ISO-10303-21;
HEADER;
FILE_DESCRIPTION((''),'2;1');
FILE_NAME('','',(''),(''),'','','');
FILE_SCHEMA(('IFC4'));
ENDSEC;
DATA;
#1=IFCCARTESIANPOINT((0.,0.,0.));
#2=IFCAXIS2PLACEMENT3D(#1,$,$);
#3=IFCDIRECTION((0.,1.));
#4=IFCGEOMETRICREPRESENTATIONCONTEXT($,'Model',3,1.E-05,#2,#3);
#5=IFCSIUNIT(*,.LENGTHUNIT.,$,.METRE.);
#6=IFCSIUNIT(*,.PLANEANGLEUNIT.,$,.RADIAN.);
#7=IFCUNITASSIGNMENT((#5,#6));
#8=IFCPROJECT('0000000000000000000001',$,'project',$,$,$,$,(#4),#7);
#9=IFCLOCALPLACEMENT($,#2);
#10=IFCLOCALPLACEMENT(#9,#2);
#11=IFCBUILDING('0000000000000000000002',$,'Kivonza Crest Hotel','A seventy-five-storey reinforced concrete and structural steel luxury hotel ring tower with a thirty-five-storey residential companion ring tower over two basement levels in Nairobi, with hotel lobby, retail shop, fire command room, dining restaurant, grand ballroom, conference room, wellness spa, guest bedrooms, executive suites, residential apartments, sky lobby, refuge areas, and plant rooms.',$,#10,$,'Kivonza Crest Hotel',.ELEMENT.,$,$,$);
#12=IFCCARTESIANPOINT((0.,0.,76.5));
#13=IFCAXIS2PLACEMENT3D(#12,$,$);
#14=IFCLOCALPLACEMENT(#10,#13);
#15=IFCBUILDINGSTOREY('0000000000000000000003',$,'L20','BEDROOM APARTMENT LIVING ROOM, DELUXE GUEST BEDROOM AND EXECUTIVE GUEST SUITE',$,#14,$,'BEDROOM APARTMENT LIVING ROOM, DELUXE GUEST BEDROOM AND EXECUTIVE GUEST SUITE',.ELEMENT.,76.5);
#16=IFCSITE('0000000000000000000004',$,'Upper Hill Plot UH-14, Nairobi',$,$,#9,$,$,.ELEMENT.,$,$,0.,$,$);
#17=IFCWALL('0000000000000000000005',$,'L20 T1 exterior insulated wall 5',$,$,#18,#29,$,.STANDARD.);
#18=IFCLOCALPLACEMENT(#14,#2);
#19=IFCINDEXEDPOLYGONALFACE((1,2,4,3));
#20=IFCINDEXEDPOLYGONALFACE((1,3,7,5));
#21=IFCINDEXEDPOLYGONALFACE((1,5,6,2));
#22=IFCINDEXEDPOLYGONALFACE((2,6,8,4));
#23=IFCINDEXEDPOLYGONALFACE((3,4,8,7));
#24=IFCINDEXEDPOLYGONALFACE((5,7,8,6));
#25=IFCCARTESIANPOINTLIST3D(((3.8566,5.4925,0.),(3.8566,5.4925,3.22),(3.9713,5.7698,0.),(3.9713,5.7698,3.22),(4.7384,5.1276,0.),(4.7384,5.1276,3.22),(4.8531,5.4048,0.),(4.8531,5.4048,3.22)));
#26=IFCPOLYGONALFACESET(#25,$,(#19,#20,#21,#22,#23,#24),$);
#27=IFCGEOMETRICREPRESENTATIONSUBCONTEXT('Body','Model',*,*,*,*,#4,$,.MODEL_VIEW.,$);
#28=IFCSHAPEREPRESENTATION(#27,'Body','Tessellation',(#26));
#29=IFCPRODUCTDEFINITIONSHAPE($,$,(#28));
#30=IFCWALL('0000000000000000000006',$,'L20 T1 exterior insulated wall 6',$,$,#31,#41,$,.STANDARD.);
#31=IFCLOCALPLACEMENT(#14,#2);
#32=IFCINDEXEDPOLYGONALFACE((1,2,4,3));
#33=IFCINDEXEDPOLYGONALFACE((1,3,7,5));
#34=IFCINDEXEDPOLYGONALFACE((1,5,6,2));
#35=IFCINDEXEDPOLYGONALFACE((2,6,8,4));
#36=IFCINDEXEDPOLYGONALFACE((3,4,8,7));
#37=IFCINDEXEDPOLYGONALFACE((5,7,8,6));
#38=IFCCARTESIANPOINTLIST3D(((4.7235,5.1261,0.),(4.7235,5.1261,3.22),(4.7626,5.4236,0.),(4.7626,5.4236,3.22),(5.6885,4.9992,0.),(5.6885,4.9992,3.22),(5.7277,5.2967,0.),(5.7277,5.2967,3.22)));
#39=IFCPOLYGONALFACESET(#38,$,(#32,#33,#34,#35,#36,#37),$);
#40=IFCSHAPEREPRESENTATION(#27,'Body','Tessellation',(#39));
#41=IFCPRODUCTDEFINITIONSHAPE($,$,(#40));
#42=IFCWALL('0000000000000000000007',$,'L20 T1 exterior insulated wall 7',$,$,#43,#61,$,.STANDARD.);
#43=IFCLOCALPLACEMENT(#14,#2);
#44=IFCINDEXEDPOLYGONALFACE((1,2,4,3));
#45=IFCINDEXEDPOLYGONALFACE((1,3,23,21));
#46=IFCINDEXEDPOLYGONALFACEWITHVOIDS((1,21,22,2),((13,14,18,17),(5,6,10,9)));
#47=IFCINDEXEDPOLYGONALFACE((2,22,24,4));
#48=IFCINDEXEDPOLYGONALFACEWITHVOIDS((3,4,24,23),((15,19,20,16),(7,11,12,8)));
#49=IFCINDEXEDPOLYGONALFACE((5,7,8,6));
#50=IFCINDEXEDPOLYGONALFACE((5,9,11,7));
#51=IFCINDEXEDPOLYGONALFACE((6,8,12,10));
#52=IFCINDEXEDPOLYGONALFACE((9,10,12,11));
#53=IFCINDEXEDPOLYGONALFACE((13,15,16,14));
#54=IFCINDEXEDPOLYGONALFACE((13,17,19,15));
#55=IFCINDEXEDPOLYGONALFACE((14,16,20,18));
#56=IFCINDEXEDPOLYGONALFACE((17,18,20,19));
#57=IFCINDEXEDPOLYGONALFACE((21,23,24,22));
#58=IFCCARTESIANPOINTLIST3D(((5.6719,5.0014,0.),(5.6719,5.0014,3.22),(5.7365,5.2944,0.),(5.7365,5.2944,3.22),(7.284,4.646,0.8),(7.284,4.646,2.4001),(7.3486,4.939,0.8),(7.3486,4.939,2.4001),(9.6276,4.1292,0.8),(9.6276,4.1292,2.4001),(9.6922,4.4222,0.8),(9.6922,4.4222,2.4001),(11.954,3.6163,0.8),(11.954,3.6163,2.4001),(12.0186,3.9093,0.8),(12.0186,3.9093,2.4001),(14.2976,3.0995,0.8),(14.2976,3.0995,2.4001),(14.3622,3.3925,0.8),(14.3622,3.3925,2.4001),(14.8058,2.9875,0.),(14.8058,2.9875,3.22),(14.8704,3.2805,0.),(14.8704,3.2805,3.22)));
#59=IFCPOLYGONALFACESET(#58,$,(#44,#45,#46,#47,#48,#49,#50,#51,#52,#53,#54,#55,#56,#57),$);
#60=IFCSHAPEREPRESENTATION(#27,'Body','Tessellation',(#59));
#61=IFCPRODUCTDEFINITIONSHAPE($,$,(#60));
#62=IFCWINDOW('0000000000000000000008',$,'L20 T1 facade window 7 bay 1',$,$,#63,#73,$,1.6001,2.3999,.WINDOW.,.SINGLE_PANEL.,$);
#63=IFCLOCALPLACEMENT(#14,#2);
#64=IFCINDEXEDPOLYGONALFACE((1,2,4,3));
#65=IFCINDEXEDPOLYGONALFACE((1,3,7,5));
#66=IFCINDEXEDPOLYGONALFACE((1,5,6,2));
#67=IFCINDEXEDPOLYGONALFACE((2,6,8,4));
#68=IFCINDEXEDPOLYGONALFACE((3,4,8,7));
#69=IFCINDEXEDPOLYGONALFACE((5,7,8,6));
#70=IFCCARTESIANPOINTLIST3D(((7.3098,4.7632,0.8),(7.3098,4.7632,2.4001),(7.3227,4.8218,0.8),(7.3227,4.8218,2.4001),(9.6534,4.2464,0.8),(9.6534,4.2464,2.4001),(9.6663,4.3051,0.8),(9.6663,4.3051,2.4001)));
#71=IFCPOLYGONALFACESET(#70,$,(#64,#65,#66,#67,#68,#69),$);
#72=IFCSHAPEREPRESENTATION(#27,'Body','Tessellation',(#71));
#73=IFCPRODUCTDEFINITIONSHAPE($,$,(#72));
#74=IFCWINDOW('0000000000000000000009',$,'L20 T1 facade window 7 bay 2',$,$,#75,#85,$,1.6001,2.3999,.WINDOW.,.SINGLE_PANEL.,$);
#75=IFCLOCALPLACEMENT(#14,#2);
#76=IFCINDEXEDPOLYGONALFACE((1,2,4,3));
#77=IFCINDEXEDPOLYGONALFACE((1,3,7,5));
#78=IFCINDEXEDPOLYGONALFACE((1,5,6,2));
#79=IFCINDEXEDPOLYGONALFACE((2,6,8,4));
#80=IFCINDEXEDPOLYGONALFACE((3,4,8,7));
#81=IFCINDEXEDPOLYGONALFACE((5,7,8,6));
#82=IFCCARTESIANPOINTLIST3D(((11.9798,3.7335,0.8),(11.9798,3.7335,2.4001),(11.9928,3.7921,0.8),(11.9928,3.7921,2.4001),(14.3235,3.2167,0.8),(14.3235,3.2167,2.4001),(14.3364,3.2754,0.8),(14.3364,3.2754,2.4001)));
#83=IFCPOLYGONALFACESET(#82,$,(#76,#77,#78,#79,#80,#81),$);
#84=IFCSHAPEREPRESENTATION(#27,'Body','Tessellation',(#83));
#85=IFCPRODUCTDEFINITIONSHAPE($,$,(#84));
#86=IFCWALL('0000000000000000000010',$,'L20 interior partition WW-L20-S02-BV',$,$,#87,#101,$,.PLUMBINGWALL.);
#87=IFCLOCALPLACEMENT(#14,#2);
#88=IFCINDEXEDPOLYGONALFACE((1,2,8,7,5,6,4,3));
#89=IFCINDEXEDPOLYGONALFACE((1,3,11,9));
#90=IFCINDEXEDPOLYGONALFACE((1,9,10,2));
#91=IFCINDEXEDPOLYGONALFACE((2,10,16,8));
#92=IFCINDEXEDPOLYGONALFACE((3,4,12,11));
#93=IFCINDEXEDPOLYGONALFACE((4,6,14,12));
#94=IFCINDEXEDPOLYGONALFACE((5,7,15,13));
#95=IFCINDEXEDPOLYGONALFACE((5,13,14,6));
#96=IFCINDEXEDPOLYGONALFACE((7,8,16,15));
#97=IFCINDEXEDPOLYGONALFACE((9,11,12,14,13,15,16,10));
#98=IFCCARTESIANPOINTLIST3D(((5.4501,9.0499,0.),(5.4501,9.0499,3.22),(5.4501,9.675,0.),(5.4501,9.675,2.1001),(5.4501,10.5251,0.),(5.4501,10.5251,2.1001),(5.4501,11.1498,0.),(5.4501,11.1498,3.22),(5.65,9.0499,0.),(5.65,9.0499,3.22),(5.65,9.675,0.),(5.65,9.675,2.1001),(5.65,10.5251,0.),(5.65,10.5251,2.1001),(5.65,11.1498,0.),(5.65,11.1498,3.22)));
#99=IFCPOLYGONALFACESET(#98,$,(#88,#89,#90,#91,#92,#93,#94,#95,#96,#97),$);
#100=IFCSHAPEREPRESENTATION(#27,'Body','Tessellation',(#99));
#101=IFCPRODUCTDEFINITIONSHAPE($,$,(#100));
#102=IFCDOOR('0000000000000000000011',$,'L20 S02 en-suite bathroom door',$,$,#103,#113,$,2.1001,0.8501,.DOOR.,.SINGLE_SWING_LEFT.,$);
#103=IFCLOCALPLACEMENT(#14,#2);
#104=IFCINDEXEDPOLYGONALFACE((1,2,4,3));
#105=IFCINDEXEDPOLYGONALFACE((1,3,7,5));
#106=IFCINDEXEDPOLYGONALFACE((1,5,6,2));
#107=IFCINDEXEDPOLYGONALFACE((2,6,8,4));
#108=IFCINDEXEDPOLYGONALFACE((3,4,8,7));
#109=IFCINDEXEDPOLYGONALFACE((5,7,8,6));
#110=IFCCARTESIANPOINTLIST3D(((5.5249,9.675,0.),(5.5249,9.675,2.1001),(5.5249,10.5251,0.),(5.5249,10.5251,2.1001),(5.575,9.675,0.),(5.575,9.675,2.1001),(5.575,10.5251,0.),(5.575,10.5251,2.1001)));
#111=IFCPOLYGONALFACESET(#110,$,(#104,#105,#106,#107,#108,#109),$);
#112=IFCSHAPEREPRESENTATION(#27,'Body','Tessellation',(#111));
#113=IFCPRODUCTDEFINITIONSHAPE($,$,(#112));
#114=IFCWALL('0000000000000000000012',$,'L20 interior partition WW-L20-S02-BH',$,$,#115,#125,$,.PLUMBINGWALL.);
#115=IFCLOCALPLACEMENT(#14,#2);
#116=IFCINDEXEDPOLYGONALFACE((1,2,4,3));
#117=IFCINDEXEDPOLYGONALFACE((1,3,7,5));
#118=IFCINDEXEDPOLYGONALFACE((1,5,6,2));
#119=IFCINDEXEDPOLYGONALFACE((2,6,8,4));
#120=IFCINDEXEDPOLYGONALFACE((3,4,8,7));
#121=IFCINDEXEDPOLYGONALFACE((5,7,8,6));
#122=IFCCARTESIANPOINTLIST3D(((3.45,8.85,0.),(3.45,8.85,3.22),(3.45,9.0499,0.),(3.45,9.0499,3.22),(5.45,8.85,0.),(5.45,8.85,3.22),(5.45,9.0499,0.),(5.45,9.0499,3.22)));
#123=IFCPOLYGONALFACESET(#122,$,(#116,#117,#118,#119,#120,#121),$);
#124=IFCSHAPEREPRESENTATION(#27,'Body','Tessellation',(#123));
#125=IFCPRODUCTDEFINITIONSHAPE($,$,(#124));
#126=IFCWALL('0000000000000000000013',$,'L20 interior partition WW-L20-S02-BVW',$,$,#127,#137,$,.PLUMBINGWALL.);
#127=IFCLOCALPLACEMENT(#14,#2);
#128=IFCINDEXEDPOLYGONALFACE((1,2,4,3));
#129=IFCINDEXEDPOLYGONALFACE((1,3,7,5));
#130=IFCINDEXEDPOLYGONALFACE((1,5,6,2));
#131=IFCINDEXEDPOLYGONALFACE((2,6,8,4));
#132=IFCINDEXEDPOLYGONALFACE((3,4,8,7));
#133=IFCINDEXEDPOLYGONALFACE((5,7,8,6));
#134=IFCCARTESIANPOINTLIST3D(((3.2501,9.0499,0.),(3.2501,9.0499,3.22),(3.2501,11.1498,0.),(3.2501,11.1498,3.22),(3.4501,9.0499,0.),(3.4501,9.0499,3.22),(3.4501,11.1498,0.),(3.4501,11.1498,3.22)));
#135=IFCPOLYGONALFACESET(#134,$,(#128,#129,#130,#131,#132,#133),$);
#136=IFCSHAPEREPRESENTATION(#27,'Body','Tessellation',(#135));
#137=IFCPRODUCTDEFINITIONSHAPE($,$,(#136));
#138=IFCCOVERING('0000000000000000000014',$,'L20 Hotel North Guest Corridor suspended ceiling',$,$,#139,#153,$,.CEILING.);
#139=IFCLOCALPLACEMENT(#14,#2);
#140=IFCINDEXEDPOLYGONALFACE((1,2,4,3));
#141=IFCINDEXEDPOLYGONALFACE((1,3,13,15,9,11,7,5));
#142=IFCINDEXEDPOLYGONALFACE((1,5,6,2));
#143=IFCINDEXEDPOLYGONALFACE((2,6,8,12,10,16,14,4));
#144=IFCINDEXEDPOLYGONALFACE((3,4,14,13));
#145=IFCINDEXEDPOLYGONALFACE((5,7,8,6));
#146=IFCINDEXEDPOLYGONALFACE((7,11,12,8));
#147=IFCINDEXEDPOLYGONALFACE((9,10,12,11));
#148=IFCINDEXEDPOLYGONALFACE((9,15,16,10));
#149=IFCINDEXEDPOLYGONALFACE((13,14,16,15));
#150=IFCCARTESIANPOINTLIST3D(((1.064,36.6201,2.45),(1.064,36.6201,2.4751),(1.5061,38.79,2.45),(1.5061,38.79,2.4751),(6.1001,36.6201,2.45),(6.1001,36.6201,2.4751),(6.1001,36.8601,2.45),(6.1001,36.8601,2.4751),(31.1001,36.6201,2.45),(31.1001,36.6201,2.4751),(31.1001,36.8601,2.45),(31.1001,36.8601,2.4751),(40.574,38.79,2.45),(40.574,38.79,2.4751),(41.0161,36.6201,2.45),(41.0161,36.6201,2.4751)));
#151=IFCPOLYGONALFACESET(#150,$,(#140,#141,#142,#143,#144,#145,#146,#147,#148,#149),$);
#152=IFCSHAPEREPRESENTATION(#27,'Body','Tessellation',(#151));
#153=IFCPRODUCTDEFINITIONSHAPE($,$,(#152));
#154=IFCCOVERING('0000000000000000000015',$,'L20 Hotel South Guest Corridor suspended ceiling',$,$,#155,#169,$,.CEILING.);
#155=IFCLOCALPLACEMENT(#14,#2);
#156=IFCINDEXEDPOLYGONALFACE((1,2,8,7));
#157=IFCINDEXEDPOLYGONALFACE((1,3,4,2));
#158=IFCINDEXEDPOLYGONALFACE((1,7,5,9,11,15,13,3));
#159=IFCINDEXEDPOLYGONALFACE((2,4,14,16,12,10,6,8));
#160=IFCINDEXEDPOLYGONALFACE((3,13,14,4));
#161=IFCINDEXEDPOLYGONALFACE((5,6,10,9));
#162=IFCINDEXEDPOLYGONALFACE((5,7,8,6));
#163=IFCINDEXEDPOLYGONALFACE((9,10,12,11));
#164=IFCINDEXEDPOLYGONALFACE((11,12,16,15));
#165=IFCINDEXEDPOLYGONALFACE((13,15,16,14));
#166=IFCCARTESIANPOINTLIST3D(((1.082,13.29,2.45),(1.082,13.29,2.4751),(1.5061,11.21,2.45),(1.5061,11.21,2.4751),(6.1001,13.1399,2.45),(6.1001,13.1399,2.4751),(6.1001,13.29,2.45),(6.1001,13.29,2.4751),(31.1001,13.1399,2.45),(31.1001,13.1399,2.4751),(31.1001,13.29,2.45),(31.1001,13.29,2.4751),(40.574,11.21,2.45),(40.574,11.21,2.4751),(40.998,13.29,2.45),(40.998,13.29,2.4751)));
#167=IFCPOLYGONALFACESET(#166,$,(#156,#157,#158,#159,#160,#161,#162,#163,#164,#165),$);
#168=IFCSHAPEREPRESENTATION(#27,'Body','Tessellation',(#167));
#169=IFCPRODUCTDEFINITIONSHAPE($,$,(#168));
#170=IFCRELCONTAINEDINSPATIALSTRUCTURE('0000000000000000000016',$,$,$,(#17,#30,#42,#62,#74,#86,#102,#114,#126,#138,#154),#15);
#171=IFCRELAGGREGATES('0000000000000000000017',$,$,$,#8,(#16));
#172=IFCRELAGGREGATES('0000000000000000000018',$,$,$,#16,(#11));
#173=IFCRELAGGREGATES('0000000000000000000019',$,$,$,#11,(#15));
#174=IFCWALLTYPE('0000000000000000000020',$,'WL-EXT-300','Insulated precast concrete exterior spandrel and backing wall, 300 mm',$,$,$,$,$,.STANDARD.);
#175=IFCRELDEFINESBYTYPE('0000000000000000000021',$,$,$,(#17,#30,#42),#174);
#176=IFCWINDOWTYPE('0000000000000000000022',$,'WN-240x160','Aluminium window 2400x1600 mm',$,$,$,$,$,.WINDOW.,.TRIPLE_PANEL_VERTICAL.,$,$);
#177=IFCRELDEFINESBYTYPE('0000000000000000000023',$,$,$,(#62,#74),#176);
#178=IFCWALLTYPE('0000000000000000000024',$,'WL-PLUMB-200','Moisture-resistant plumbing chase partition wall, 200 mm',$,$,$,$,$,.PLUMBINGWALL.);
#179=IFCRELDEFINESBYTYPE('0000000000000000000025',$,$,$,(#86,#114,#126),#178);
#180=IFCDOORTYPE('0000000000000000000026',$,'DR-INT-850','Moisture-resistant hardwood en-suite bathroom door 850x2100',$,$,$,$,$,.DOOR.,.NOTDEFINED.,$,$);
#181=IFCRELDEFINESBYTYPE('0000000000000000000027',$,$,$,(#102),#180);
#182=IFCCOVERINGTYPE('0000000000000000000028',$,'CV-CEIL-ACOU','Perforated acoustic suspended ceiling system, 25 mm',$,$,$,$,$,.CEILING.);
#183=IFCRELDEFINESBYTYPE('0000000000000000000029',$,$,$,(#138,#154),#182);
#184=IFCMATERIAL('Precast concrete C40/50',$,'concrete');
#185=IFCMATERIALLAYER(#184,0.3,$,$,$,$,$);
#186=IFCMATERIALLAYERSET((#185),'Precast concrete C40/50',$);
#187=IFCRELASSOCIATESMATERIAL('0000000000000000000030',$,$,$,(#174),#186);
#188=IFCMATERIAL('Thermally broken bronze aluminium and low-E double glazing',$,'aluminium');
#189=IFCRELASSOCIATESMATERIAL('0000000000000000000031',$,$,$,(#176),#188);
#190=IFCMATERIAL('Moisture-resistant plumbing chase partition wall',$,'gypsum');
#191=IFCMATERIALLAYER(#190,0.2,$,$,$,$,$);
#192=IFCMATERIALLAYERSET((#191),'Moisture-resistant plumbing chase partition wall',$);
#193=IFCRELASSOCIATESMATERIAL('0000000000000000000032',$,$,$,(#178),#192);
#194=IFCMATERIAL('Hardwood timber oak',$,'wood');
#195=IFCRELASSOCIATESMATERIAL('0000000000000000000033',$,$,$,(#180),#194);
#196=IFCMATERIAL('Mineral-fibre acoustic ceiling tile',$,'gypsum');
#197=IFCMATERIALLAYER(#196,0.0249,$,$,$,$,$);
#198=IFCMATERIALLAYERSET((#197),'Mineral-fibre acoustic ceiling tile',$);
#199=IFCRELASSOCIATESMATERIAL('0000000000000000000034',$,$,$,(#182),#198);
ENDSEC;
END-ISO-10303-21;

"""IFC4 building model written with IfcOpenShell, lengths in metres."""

from ifc_helpers import new_model, si_unit, direction, frame, frame_2d, origin, place, context, subcontext, project, spatial, polyline, rectangle, outline, extrude, material, layer, layer_set, type_object, element, fill, save


model = new_model("IFC4")

# Units and contexts
model_context = context("Model", 3, precision=1e-05, world=origin(), true_north=direction((0.0, 1.0)))
body_context = subcontext(model_context, "Body", "Model", "MODEL_VIEW")
ifc_project = project(units=[si_unit("LENGTHUNIT", "METRE"), si_unit("PLANEANGLEUNIT", "RADIAN")], contexts=[model_context])

# Site, building, storey
site_placement = place(None, origin())
site = spatial("IfcSite", under=ifc_project, at=site_placement, Name="Upper Hill Plot UH-14, Nairobi", CompositionType="ELEMENT", RefElevation=0.0)
building_placement = place(site_placement, origin())
building = spatial("IfcBuilding", under=site, at=building_placement, Name="Kivonza Crest Hotel", Description="A seventy-five-storey reinforced concrete and structural steel luxury hotel ring tower with a thirty-five-storey residential companion ring tower over two basement levels in Nairobi, with hotel lobby, retail shop, fire command room, dining restaurant, grand ballroom, conference room, wellness spa, guest bedrooms, executive suites, residential apartments, sky lobby, refuge areas, and plant rooms.", LongName="Kivonza Crest Hotel", CompositionType="ELEMENT")
storey_placement = place(building_placement, frame((0.0, 0.0, 76.5)))
storey = spatial("IfcBuildingStorey", under=building, at=storey_placement, Name="L20", Description="BEDROOM APARTMENT LIVING ROOM, DELUXE GUEST BEDROOM AND EXECUTIVE GUEST SUITE", LongName="BEDROOM APARTMENT LIVING ROOM, DELUXE GUEST BEDROOM AND EXECUTIVE GUEST SUITE", CompositionType="ELEMENT", Elevation=76.5)

# Walls
ifc_material_1 = material(Name="Precast concrete C40/50", Category="concrete")
ifc_layer_1 = layer(ifc_material_1, 0.3)
ifc_layer_set_1 = layer_set([ifc_layer_1], Name="Precast concrete C40/50")
wall_type_1 = type_object("IfcWallType", Name="WL-EXT-300", Description="Insulated precast concrete exterior spandrel and backing wall, 300 mm", PredefinedType="STANDARD", material=ifc_layer_set_1)
wall_1_placement = place(storey_placement, frame((3.9141, 5.6311, 0.0), z_axis=(0.0, 0.0, 1.0), x_axis=(0.923983, -0.382435, 0.0)))
element("IfcWall", 1, at=wall_1_placement, inside=storey, type_object=wall_type_1, Name="L20 T1 exterior insulated wall 5", PredefinedType="STANDARD", context=body_context, shape_type="SweptSolid", body=[
    extrude(rectangle(XDim=0.9543, YDim=0.3, at=frame_2d((0.4771, 0.0))), origin(), (0.0, 0.0, 1.0), 3.22),
])
wall_2_placement = place(storey_placement, frame((4.7429, 5.2749, 0.0), z_axis=(0.0, 0.0, 1.0), x_axis=(0.991459, -0.130422, 0.0)))
element("IfcWall", 2, at=wall_2_placement, inside=storey, type_object=wall_type_1, Name="L20 T1 exterior insulated wall 6", PredefinedType="STANDARD", context=body_context, shape_type="SweptSolid", body=[
    extrude(rectangle(XDim=0.9734, YDim=0.3, at=frame_2d((0.4868, 0.0))), origin(), (0.0, 0.0, 1.0), 3.22),
])

# Wall, openings, windows
wall_3_placement = place(storey_placement, frame((5.7041, 5.1479, 0.0), z_axis=(0.0, 0.0, 1.0), x_axis=(0.976544, -0.215319, 0.0)))
wall_3 = element("IfcWall", 3, at=wall_3_placement, inside=storey, type_object=wall_type_1, Name="L20 T1 exterior insulated wall 7", PredefinedType="STANDARD", context=body_context, shape_type="SweptSolid", body=[
    extrude(rectangle(XDim=9.3533, YDim=0.3, at=frame_2d((4.6768, 0.0))), origin(), (0.0, 0.0, 1.0), 3.22),
])
opening_1_placement = place(wall_3_placement, frame((1.6509, 0.0, 0.8)))
opening_1 = element("IfcOpeningElement", 4, at=opening_1_placement, cuts=wall_3, PredefinedType="OPENING", context=body_context, shape_type="SweptSolid", body=[
    extrude(rectangle(XDim=2.3999, YDim=1.6001, at=frame_2d((1.2, 0.8))), frame((0.0, 0.1602, 0.0), z_axis=(0.0, -1.0, 0.0), x_axis=(1.0, 0.0, 0.0)), (0.0, 0.0, 1.0), 0.3201),
])
opening_2_placement = place(wall_3_placement, frame((6.4331, 0.0, 0.8)))
opening_2 = element("IfcOpeningElement", 5, at=opening_2_placement, cuts=wall_3, PredefinedType="OPENING", context=body_context, shape_type="SweptSolid", body=[
    extrude(rectangle(XDim=2.3999, YDim=1.6001, at=frame_2d((1.2, 0.8))), frame((0.0, 0.1602, 0.0), z_axis=(0.0, -1.0, 0.0), x_axis=(1.0, 0.0, 0.0)), (0.0, 0.0, 1.0), 0.3201),
])
ifc_material_2 = material(Name="Thermally broken bronze aluminium and low-E double glazing", Category="aluminium")
window_type = type_object("IfcWindowType", Name="WN-240x160", Description="Aluminium window 2400x1600 mm", PartitioningType="TRIPLE_PANEL_VERTICAL", PredefinedType="WINDOW", material=ifc_material_2)
window_1_placement = place(opening_1_placement, origin())
window_1 = element("IfcWindow", 6, at=window_1_placement, inside=storey, type_object=window_type, Name="L20 T1 facade window 7 bay 1", OverallHeight=1.6001, OverallWidth=2.3999, PartitioningType="SINGLE_PANEL", PredefinedType="WINDOW", context=body_context, shape_type="SweptSolid", body=[
    extrude(rectangle(XDim=2.3999, YDim=1.6001, at=frame_2d((1.2, 0.8))), frame((0.0, 0.03, 0.0), z_axis=(0.0, -1.0, 0.0), x_axis=(1.0, 0.0, 0.0)), (0.0, 0.0, 1.0), 0.0601),
])
fill(opening_1, window_1)
window_2_placement = place(opening_2_placement, origin())
window_2 = element("IfcWindow", 7, at=window_2_placement, inside=storey, type_object=window_type, Name="L20 T1 facade window 7 bay 2", OverallHeight=1.6001, OverallWidth=2.3999, PartitioningType="SINGLE_PANEL", PredefinedType="WINDOW", context=body_context, shape_type="SweptSolid", body=[
    extrude(rectangle(XDim=2.3999, YDim=1.6001, at=frame_2d((1.2, 0.8))), frame((0.0, 0.03, 0.0), z_axis=(0.0, -1.0, 0.0), x_axis=(1.0, 0.0, 0.0)), (0.0, 0.0, 1.0), 0.0601),
])
fill(opening_2, window_2)

# Wall, opening, door
ifc_material_3 = material(Name="Moisture-resistant plumbing chase partition wall", Category="gypsum")
ifc_layer_2 = layer(ifc_material_3, 0.2)
ifc_layer_set_2 = layer_set([ifc_layer_2], Name="Moisture-resistant plumbing chase partition wall")
wall_type_2 = type_object("IfcWallType", Name="WL-PLUMB-200", Description="Moisture-resistant plumbing chase partition wall, 200 mm", PredefinedType="PLUMBINGWALL", material=ifc_layer_set_2)
wall_4_placement = place(storey_placement, frame((5.55, 9.05, 0.0), z_axis=(0.0, 0.0, 1.0), x_axis=(0.0, 1.0, 0.0)))
wall_4 = element("IfcWall", 8, at=wall_4_placement, inside=storey, type_object=wall_type_2, Name="L20 interior partition WW-L20-S02-BV", PredefinedType="PLUMBINGWALL", context=body_context, shape_type="SweptSolid", body=[
    extrude(rectangle(XDim=2.0999, YDim=0.2, at=frame_2d((1.0498, 0.0))), origin(), (0.0, 0.0, 1.0), 3.22),
])
opening_3_placement = place(wall_4_placement, frame((0.625, 0.0, 0.0)))
opening_3 = element("IfcOpeningElement", 9, at=opening_3_placement, cuts=wall_4, PredefinedType="OPENING", context=body_context, shape_type="SweptSolid", body=[
    extrude(rectangle(XDim=0.8501, YDim=2.1001, at=frame_2d((0.425, 1.05))), frame((0.0, 0.1099, 0.0), z_axis=(0.0, -1.0, 0.0), x_axis=(1.0, 0.0, 0.0)), (0.0, 0.0, 1.0), 0.22),
])
ifc_material_4 = material(Name="Hardwood timber oak", Category="wood")
door_type = type_object("IfcDoorType", Name="DR-INT-850", Description="Moisture-resistant hardwood en-suite bathroom door 850x2100", OperationType="NOTDEFINED", PredefinedType="DOOR", material=ifc_material_4)
door_placement = place(opening_3_placement, frame((0.8501, 0.0, 0.0), z_axis=(0.0, 0.0, 1.0), x_axis=(-1.0, 0.0, 0.0)))
door = element("IfcDoor", 10, at=door_placement, inside=storey, type_object=door_type, Name="L20 S02 en-suite bathroom door", OperationType="SINGLE_SWING_LEFT", OverallHeight=2.1001, OverallWidth=0.8501, PredefinedType="DOOR", context=body_context, shape_type="SweptSolid", body=[
    extrude(rectangle(XDim=0.8501, YDim=2.1001, at=frame_2d((0.425, 1.05))), frame((0.0, 0.0249, 0.0), z_axis=(0.0, -1.0, 0.0), x_axis=(1.0, 0.0, 0.0)), (0.0, 0.0, 1.0), 0.05),
])
fill(opening_3, door)

# Walls
wall_5_placement = place(storey_placement, frame((3.45, 8.95, 0.0), z_axis=(0.0, 0.0, 1.0), x_axis=(1.0, 0.0, 0.0)))
element("IfcWall", 11, at=wall_5_placement, inside=storey, type_object=wall_type_2, Name="L20 interior partition WW-L20-S02-BH", PredefinedType="PLUMBINGWALL", context=body_context, shape_type="SweptSolid", body=[
    extrude(rectangle(XDim=2.0, YDim=0.2, at=frame_2d((1.0, 0.0))), origin(), (0.0, 0.0, 1.0), 3.22),
])
wall_6_placement = place(storey_placement, frame((3.3501, 9.05, 0.0), z_axis=(0.0, 0.0, 1.0), x_axis=(0.0, 1.0, 0.0)))
element("IfcWall", 12, at=wall_6_placement, inside=storey, type_object=wall_type_2, Name="L20 interior partition WW-L20-S02-BVW", PredefinedType="PLUMBINGWALL", context=body_context, shape_type="SweptSolid", body=[
    extrude(rectangle(XDim=2.0999, YDim=0.2, at=frame_2d((1.0498, 0.0))), origin(), (0.0, 0.0, 1.0), 3.22),
])

# Coverings
ifc_material_5 = material(Name="Mineral-fibre acoustic ceiling tile", Category="gypsum")
ifc_layer_3 = layer(ifc_material_5, 0.0249)
ifc_layer_set_3 = layer_set([ifc_layer_3], Name="Mineral-fibre acoustic ceiling tile")
covering_type = type_object("IfcCoveringType", Name="CV-CEIL-ACOU", Description="Perforated acoustic suspended ceiling system, 25 mm", PredefinedType="CEILING", material=ifc_layer_set_3)
covering_1_placement = place(storey_placement, frame((0.0, 0.0, 2.45)))
element("IfcCovering", 13, at=covering_1_placement, inside=storey, type_object=covering_type, Name="L20 Hotel North Guest Corridor suspended ceiling", PredefinedType="CEILING", context=body_context, shape_type="SweptSolid", body=[
    extrude(outline(polyline([(1.5061, 38.79), (1.064, 36.6201), (6.1001, 36.6201), (6.1001, 36.8601), (31.1001, 36.8601), (31.1001, 36.6201), (41.0161, 36.6201), (40.574, 38.79), (1.5061, 38.79)])), origin(), (0.0, 0.0, 1.0), 0.0251),
])
covering_2_placement = place(storey_placement, frame((0.0, 0.0, 2.45)))
element("IfcCovering", 14, at=covering_2_placement, inside=storey, type_object=covering_type, Name="L20 Hotel South Guest Corridor suspended ceiling", PredefinedType="CEILING", context=body_context, shape_type="SweptSolid", body=[
    extrude(outline(polyline([(40.574, 11.21), (40.998, 13.29), (31.1001, 13.29), (31.1001, 13.1399), (6.1001, 13.1399), (6.1001, 13.29), (1.082, 13.29), (1.5061, 11.21), (40.574, 11.21)])), origin(), (0.0, 0.0, 1.0), 0.0251),
])

save(model, "model.ifc")
